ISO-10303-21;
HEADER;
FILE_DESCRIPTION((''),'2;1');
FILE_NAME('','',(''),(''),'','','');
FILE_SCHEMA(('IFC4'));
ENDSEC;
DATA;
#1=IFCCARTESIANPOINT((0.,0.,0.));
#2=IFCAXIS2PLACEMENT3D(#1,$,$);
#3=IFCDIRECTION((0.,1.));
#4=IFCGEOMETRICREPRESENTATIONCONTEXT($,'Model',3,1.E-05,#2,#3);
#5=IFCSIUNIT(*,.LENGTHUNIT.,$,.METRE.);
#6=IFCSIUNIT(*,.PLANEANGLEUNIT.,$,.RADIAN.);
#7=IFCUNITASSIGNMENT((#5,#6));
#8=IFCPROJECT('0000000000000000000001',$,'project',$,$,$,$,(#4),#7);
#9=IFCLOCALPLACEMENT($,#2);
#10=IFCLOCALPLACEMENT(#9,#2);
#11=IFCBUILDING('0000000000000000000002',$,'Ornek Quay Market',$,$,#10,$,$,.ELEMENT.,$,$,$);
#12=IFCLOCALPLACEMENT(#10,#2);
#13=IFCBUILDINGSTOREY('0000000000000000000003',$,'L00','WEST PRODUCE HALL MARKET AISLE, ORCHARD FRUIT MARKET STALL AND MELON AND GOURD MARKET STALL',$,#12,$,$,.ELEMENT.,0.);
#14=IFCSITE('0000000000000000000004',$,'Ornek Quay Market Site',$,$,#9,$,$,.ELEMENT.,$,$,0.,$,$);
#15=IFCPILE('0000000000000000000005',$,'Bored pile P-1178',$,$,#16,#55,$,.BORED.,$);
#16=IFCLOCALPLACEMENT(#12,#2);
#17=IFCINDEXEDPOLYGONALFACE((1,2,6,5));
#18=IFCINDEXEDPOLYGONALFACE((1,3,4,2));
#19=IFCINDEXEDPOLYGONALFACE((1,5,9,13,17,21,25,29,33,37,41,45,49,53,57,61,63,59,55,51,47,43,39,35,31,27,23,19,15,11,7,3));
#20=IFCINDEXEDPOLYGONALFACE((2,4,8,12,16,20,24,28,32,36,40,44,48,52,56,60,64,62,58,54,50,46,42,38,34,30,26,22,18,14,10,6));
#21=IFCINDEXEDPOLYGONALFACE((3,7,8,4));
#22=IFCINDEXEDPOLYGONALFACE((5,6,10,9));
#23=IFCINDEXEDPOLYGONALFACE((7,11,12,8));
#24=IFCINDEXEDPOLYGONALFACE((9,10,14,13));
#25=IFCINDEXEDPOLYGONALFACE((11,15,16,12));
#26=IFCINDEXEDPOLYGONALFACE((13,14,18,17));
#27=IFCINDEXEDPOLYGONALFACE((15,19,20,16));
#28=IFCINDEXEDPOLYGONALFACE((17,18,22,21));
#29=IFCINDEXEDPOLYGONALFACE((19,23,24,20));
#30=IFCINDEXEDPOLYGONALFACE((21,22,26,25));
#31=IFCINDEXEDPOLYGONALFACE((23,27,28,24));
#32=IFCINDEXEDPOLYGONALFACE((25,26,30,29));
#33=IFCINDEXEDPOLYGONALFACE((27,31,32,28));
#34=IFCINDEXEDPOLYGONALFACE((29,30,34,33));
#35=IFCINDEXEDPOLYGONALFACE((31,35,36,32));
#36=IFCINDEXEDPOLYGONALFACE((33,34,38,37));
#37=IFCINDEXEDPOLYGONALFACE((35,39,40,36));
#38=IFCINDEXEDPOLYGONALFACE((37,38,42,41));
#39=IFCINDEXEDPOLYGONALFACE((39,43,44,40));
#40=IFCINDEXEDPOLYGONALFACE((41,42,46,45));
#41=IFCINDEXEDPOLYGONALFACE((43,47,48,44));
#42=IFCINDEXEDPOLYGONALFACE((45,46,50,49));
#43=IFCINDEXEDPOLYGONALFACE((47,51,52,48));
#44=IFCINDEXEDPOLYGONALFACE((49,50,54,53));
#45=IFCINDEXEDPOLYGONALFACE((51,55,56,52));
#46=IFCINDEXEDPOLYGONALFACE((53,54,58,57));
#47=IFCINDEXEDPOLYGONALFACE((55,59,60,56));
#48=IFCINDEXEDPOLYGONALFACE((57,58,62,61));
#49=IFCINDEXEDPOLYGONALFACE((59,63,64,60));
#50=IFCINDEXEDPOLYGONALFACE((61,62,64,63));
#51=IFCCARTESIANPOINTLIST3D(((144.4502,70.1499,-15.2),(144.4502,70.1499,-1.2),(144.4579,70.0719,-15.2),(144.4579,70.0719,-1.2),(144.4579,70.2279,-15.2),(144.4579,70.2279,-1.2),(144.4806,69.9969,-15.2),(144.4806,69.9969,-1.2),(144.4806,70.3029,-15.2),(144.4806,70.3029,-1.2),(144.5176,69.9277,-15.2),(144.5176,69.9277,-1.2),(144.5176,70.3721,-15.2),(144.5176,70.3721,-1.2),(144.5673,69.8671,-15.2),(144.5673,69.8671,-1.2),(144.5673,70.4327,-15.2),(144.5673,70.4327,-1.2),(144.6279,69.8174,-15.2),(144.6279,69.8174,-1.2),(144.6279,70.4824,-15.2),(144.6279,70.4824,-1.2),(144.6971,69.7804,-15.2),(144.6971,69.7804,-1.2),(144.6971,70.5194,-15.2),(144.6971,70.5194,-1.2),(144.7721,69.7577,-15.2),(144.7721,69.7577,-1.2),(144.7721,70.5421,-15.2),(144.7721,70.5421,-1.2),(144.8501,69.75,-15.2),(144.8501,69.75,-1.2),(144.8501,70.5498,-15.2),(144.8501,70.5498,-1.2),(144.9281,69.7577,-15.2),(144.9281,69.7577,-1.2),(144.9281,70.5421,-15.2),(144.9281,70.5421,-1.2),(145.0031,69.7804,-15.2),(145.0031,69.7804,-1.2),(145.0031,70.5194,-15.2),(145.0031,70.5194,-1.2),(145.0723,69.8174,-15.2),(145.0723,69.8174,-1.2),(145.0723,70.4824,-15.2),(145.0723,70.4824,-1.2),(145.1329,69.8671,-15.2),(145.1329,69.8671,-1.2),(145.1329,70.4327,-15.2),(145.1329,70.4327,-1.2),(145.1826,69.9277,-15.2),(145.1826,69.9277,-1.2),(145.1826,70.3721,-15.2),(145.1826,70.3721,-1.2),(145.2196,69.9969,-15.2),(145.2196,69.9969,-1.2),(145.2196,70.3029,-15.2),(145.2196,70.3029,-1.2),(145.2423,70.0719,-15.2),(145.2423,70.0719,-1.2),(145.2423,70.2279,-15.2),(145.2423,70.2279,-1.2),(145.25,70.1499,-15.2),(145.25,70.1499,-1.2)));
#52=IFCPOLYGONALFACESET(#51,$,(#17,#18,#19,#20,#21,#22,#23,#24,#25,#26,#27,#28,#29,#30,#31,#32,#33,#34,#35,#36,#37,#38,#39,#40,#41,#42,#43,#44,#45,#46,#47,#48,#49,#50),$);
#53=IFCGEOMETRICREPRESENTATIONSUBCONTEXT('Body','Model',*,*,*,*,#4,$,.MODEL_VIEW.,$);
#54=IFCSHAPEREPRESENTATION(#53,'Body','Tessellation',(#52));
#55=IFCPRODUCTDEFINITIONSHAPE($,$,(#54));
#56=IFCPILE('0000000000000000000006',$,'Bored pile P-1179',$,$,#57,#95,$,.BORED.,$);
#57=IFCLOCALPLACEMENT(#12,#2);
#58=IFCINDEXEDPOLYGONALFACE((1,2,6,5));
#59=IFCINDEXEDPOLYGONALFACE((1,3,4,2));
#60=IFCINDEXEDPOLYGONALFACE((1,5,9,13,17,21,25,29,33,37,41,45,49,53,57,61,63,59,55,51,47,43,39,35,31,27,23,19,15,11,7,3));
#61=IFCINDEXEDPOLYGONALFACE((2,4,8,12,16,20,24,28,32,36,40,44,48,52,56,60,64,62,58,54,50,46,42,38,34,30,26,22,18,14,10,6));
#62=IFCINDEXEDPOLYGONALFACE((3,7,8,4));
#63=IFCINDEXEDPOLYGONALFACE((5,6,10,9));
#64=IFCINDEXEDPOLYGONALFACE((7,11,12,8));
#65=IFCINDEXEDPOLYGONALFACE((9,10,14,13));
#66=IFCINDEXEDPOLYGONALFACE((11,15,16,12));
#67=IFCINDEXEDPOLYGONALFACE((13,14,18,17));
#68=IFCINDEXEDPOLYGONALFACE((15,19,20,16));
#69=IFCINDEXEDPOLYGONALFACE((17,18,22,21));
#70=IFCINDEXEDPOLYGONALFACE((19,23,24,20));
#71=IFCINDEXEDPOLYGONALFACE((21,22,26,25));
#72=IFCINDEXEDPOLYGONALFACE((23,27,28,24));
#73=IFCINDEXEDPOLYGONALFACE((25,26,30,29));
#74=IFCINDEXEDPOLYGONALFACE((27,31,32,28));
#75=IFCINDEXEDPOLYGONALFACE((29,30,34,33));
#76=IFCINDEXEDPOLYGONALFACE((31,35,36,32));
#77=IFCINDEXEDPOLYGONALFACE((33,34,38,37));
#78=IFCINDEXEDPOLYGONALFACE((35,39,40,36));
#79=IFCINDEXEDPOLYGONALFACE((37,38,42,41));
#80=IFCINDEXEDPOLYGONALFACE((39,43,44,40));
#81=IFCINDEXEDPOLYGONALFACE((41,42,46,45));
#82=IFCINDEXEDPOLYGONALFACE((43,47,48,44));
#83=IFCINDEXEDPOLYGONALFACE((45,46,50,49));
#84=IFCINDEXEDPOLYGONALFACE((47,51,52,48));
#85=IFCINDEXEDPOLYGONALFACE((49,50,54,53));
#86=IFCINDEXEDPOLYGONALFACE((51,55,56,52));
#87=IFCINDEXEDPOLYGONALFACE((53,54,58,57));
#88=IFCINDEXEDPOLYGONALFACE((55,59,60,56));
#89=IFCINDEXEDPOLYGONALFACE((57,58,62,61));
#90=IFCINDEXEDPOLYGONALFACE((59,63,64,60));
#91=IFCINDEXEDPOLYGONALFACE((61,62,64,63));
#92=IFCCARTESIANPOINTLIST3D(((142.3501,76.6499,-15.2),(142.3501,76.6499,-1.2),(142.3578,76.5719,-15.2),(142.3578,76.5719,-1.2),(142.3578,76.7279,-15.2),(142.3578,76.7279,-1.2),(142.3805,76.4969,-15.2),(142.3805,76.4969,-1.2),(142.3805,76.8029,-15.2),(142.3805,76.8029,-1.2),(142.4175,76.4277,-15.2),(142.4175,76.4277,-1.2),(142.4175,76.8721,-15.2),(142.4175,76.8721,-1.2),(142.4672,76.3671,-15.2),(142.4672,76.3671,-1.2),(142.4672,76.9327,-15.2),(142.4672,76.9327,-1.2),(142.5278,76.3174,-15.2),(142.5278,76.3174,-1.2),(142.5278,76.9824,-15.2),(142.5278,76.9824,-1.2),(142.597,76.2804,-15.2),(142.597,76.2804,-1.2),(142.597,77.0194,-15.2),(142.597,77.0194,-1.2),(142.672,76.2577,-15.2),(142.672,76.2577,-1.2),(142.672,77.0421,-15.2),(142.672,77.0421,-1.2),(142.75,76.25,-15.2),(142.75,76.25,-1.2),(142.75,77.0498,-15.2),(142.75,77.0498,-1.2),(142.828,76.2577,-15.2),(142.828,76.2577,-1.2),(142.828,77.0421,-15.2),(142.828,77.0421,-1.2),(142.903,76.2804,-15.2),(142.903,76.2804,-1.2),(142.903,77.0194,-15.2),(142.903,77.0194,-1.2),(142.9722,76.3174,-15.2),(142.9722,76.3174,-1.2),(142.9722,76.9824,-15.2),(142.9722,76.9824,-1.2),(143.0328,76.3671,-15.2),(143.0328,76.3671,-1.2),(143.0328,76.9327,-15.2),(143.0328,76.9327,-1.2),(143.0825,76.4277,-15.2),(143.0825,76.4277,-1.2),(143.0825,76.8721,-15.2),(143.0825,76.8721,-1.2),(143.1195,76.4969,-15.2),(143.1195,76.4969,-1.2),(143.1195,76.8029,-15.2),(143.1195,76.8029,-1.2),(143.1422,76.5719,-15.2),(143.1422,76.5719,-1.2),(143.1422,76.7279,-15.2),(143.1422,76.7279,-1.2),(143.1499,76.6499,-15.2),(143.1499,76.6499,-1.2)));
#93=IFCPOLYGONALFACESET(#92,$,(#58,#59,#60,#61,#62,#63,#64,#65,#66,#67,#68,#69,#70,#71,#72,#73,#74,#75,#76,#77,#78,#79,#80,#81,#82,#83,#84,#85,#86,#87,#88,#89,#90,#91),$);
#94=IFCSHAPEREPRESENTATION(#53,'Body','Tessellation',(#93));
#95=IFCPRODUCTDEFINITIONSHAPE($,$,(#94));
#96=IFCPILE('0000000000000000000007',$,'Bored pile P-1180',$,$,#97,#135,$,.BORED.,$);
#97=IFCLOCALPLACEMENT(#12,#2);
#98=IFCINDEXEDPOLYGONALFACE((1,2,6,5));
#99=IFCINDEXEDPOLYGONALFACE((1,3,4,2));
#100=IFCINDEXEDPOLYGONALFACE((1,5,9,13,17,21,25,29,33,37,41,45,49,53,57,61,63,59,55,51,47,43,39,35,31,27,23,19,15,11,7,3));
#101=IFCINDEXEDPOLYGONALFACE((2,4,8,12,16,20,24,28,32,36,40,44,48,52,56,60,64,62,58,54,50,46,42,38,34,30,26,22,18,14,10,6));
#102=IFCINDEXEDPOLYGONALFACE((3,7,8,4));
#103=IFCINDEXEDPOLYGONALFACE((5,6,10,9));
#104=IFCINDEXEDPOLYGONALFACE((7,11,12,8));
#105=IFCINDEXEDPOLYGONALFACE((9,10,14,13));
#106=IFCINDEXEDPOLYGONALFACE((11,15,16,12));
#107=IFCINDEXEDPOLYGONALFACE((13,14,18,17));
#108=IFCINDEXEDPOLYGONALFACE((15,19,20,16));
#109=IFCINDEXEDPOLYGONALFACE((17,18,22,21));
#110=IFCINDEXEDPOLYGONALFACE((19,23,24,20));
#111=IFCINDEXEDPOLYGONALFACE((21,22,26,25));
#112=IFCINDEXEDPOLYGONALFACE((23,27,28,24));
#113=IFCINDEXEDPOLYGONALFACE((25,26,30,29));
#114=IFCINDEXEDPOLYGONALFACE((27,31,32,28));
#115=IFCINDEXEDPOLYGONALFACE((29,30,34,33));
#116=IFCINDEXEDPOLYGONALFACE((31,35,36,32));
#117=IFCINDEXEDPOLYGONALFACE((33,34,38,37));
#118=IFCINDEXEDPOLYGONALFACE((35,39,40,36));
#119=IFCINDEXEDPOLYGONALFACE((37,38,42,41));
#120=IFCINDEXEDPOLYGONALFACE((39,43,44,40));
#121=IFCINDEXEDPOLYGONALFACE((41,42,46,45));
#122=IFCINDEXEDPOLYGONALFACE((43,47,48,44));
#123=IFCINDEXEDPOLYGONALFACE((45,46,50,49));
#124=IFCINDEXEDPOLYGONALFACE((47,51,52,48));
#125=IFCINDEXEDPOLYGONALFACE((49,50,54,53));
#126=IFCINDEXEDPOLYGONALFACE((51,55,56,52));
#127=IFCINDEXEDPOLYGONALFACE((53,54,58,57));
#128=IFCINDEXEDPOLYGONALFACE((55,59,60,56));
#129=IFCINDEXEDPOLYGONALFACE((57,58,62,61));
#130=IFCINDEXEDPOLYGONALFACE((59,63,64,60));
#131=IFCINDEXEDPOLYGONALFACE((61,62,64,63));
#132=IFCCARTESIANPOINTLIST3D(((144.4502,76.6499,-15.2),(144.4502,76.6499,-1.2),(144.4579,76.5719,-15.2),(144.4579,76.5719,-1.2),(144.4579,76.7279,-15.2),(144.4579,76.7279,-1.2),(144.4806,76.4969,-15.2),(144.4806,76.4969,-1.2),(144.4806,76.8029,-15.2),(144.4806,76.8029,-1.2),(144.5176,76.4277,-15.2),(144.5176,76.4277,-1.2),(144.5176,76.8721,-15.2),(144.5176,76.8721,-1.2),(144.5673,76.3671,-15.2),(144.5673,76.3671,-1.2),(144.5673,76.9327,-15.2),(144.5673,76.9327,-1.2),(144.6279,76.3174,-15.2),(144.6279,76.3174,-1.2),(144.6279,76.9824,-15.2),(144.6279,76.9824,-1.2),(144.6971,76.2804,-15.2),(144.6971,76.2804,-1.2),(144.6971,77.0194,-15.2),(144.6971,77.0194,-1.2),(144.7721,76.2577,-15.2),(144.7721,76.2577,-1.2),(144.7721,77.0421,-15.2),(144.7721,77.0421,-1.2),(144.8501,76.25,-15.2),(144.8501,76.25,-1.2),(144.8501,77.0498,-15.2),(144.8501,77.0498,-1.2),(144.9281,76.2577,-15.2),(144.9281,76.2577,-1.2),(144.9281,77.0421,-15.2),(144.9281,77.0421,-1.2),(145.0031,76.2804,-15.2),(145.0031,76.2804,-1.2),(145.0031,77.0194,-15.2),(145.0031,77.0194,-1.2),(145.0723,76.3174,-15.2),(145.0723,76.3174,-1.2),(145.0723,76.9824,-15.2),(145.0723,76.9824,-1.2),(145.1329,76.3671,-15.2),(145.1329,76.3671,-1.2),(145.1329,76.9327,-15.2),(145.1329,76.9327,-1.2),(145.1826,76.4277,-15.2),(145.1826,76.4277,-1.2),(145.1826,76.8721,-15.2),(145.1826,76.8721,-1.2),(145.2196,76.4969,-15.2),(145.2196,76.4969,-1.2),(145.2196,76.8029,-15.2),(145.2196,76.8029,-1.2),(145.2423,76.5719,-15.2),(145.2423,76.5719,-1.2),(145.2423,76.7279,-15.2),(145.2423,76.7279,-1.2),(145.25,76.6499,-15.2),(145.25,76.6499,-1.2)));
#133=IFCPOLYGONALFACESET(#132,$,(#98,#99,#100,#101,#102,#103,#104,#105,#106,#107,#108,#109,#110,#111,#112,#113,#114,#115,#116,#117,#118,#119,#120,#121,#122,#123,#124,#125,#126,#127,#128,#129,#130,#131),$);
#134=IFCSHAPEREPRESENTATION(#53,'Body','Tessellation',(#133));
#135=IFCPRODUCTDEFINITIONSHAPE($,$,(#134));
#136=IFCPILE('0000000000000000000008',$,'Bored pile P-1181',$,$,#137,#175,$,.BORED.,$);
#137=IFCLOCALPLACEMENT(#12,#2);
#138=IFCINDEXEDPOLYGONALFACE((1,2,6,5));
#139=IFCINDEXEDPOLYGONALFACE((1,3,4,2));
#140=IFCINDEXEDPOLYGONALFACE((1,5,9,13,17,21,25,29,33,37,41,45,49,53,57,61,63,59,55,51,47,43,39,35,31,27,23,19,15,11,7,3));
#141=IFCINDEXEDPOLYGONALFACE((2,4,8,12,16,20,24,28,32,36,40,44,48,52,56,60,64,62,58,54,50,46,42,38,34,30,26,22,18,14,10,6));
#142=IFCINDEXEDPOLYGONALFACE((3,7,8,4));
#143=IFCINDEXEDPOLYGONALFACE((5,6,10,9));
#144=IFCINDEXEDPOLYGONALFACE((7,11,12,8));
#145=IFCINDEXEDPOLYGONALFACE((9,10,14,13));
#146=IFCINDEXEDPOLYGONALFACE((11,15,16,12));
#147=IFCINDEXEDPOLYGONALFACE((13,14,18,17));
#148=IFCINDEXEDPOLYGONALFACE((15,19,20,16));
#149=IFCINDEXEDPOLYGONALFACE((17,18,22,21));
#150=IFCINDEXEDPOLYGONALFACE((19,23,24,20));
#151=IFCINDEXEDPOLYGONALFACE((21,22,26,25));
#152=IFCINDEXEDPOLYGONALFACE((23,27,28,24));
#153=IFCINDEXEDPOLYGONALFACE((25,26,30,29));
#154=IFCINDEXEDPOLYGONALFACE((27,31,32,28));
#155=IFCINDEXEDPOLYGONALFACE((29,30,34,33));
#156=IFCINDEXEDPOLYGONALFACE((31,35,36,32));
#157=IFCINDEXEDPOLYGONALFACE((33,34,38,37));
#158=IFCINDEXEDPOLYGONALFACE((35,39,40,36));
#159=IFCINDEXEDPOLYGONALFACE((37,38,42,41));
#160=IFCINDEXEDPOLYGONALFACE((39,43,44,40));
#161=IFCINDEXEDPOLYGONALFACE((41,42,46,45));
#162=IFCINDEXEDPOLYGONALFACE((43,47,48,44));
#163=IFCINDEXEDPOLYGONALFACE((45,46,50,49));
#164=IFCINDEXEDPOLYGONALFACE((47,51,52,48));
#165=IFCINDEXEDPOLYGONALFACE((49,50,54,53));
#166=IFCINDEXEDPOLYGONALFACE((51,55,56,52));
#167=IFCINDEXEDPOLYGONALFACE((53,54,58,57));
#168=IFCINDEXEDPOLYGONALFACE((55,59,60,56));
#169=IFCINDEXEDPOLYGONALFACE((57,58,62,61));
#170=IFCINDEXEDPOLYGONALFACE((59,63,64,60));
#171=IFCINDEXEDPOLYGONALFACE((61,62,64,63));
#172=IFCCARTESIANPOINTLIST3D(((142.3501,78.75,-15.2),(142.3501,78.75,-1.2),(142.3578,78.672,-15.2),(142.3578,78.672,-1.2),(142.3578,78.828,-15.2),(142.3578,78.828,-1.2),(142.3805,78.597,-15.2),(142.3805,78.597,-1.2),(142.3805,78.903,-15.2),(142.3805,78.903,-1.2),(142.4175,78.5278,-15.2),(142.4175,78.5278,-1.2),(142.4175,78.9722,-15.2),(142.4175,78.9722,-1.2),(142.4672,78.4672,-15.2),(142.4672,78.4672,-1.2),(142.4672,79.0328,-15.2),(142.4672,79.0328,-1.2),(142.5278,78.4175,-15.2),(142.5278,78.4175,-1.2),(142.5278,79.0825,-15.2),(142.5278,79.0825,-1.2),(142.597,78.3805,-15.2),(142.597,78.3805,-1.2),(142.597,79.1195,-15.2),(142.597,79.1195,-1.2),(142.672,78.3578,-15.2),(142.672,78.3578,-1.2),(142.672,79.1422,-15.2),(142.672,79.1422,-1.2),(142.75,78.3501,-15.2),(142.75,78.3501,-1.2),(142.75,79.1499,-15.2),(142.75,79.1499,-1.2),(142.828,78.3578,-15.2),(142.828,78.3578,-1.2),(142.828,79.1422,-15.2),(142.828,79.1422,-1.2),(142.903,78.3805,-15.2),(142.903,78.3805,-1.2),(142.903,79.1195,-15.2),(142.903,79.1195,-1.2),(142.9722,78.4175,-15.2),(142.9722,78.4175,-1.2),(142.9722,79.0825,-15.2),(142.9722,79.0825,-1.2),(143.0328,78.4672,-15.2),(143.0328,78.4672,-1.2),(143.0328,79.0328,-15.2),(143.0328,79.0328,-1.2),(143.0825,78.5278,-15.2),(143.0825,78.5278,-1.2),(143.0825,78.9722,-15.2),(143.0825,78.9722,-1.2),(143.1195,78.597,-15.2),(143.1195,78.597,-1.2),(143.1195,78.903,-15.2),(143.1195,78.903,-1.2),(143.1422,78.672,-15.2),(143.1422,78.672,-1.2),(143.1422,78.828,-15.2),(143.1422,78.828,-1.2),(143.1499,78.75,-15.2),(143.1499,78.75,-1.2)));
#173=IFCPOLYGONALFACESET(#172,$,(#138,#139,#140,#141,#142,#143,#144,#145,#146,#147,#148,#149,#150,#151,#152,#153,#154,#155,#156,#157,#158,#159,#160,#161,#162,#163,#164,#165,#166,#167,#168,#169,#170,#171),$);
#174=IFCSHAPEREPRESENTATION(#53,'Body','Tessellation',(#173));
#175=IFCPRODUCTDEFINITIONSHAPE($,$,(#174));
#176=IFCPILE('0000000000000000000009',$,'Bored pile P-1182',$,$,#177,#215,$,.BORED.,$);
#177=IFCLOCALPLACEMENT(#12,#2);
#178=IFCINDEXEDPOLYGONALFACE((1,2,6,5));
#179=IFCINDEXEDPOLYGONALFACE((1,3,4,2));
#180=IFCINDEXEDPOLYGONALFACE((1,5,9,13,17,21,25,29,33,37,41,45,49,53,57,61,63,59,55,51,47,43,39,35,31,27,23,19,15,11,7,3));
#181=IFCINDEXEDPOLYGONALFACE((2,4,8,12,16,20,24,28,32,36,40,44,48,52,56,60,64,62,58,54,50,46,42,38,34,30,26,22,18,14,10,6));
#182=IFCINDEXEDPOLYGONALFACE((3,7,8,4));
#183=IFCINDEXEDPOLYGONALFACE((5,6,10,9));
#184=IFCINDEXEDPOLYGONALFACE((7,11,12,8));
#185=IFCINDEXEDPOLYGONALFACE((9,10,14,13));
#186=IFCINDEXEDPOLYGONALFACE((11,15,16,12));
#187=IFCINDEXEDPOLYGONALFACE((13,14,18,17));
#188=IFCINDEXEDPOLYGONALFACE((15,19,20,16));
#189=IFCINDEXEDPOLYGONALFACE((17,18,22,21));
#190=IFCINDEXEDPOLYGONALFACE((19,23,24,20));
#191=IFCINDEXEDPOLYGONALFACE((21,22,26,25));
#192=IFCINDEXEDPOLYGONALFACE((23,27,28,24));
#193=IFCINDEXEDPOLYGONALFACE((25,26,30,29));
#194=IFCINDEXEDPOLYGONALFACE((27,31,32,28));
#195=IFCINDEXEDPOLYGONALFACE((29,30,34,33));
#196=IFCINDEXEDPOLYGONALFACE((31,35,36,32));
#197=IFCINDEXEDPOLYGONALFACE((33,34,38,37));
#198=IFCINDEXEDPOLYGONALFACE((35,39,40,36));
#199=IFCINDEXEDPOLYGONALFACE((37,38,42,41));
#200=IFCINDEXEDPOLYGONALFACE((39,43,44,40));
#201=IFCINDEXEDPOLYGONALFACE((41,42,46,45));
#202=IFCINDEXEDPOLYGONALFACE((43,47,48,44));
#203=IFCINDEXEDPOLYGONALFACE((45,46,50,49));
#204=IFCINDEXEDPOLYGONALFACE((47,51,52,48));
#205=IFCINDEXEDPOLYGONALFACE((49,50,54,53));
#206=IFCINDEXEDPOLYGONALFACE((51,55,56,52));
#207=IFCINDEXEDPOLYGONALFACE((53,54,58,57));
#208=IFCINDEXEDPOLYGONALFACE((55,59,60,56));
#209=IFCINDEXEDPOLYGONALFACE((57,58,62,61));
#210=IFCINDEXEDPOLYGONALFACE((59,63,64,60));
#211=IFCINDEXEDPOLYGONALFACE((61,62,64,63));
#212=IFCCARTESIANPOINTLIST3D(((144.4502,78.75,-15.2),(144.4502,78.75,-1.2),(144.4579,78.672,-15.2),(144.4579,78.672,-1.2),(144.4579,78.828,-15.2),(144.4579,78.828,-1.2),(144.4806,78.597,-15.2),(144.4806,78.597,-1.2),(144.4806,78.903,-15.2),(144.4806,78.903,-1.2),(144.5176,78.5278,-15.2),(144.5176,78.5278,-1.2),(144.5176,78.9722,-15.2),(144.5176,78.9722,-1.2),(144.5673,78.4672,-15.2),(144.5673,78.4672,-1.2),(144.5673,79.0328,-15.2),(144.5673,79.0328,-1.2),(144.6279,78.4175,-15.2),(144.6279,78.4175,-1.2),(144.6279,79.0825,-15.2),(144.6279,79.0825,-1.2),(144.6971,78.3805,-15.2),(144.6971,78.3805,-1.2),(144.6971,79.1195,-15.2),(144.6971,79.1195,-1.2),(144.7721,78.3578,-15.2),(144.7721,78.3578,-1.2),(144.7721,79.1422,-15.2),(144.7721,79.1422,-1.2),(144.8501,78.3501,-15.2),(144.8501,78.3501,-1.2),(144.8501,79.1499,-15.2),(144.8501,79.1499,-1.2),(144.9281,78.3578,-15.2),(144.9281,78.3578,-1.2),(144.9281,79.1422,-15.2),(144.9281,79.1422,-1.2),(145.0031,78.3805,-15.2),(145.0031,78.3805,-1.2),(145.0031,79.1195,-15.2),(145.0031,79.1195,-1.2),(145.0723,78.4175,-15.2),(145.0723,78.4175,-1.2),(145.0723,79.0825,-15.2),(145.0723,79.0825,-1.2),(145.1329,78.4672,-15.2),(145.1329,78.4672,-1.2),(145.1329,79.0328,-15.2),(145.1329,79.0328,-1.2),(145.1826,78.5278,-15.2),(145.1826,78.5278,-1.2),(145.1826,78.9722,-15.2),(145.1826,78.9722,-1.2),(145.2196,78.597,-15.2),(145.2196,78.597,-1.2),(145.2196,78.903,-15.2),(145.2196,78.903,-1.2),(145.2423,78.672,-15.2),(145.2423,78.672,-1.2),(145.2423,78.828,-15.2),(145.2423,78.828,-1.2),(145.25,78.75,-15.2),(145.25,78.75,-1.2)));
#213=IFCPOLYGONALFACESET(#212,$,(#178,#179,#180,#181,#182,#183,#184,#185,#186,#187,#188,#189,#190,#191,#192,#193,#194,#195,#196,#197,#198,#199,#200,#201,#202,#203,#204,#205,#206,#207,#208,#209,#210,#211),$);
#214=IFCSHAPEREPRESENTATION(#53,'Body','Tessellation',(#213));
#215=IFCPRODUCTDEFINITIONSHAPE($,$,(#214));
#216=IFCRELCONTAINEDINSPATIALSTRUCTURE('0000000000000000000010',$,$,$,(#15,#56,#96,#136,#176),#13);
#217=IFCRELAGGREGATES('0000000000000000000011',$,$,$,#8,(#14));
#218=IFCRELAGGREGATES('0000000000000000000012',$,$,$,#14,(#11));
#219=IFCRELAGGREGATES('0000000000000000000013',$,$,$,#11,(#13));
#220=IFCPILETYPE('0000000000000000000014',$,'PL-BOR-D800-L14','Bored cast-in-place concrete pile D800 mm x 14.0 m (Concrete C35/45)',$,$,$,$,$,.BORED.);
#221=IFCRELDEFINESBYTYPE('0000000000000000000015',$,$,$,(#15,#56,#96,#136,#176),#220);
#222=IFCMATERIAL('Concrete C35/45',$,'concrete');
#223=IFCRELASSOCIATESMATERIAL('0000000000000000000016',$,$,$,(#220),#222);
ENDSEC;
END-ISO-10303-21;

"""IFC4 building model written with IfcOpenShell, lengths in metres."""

from ifc_helpers import new_model, si_unit, direction, frame, origin, origin_2d, place, context, subcontext, project, spatial, circle, extrude, material, material_profile, profile_set, type_object, element, save


model = new_model("IFC4")

# Units and contexts
model_context = context("Model", 3, precision=1e-05, world=origin(), true_north=direction((0.0, 1.0)))
body_context = subcontext(model_context, "Body", "Model", "MODEL_VIEW")
ifc_project = project(units=[si_unit("LENGTHUNIT", "METRE"), si_unit("PLANEANGLEUNIT", "RADIAN")], contexts=[model_context])

# Site, building, storey
site_placement = place(None, origin())
site = spatial("IfcSite", under=ifc_project, at=site_placement, Name="Ornek Quay Market Site", CompositionType="ELEMENT", RefElevation=0.0)
building_placement = place(site_placement, origin())
building = spatial("IfcBuilding", under=site, at=building_placement, Name="Ornek Quay Market", CompositionType="ELEMENT")
storey_placement = place(building_placement, origin())
storey = spatial("IfcBuildingStorey", under=building, at=storey_placement, Name="L00", Description="WEST PRODUCE HALL MARKET AISLE, ORCHARD FRUIT MARKET STALL AND MELON AND GOURD MARKET STALL", CompositionType="ELEMENT", Elevation=0.0)

# Piles
ifc_material_1 = material(Name="Concrete C35/45", Category="concrete")
ifc_material_profile_1 = material_profile(ifc_material_1, circle(Radius=0.3999, at=origin_2d()), Name="PILE D800", Category="concrete")
ifc_profile_set_1 = profile_set([ifc_material_profile_1], Name="Concrete C35/45")
pile_type_1 = type_object("IfcPileType", Name="PL-BOR-D800-L14", Description="Bored cast-in-place concrete pile D800 mm x 14.0 m (Concrete C35/45)", PredefinedType="BORED", material=ifc_profile_set_1)
for number, where, z_axis, x_axis, name in (
    (1, (144.8501, 70.1499, -1.2), (0.0, 0.0, -1.0), (1.0, 0.0, 0.0), "Bored pile P-1178"),
    (2, (142.75, 76.6499, -1.2), (0.0, 0.0, -1.0), (1.0, 0.0, 0.0), "Bored pile P-1179"),
    (3, (144.8501, 76.6499, -1.2), (0.0, 0.0, -1.0), (1.0, 0.0, 0.0), "Bored pile P-1180"),
    (4, (142.75, 78.75, -1.2), (0.0, 0.0, -1.0), (1.0, 0.0, 0.0), "Bored pile P-1181"),
    (5, (144.8501, 78.75, -1.2), (0.0, 0.0, -1.0), (1.0, 0.0, 0.0), "Bored pile P-1182"),
):
    element("IfcPile", number, at=place(storey_placement, frame(where, z_axis=z_axis, x_axis=x_axis)), inside=storey, type_object=pile_type_1, Name=name, PredefinedType="BORED", context=body_context, shape_type="SweptSolid", body=[
        extrude(circle(Radius=0.3999, at=origin_2d()), origin(), (0.0, 0.0, 1.0), 14.0),
    ])

save(model, "model.ifc")
